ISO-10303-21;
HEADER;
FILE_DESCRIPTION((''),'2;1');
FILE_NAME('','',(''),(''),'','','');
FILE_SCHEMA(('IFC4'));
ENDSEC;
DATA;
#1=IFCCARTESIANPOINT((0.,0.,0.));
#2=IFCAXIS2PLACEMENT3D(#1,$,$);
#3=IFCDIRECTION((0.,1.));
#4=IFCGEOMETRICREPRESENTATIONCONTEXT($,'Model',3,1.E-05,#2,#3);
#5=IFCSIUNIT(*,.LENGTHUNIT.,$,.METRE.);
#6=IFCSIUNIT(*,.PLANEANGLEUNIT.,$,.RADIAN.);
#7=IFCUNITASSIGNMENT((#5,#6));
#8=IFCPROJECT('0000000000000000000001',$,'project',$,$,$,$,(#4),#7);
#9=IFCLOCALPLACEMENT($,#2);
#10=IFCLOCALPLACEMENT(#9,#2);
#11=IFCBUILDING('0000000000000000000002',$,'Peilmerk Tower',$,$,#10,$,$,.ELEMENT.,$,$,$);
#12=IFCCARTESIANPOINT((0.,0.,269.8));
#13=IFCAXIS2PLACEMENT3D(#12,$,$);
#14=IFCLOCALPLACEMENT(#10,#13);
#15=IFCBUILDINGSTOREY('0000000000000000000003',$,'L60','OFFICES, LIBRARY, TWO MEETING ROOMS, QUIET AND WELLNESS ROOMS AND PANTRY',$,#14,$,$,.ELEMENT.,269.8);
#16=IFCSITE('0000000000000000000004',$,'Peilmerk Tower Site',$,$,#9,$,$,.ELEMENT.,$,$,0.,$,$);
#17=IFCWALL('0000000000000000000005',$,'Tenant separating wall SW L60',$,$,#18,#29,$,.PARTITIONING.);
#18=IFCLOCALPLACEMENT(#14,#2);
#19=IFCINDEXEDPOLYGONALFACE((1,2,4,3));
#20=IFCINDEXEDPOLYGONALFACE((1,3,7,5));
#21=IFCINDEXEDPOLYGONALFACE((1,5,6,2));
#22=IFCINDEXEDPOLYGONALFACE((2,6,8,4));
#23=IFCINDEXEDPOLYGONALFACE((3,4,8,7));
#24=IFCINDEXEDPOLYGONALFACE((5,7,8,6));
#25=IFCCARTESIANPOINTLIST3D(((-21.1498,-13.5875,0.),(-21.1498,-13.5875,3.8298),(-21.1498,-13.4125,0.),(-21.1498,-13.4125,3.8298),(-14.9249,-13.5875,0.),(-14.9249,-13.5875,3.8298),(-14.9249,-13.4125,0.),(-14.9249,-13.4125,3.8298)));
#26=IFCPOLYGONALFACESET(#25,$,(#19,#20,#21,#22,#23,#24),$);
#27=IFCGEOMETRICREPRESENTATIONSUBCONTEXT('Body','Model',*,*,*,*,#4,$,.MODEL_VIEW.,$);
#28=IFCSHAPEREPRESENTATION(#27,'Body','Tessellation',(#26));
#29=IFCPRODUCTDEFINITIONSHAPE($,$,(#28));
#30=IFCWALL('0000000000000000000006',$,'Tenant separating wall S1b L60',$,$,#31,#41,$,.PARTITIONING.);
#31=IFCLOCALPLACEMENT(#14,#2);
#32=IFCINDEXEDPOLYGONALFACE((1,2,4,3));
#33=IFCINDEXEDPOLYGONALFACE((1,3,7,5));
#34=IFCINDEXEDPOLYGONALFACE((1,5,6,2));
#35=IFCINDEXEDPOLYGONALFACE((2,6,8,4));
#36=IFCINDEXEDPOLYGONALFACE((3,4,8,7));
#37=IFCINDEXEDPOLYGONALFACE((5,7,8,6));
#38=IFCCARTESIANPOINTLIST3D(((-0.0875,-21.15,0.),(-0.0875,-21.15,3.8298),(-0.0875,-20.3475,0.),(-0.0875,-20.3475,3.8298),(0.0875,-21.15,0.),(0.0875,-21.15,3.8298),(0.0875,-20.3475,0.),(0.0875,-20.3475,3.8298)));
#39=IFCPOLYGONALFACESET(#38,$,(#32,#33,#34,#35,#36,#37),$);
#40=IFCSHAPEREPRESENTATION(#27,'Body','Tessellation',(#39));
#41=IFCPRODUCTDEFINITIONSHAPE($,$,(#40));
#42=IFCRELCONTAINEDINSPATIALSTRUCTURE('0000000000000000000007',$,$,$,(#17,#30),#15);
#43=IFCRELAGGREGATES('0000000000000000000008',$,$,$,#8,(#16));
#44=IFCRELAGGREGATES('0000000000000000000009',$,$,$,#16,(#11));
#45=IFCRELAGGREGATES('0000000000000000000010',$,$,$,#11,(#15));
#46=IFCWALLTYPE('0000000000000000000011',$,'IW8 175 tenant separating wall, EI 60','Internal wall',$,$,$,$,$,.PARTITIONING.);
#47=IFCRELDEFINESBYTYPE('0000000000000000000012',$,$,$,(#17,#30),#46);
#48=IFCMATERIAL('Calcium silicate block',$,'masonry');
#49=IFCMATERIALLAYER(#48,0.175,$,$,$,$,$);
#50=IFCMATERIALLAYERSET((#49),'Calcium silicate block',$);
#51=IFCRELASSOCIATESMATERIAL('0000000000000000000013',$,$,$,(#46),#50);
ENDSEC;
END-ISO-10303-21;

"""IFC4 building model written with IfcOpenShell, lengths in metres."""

from ifc_helpers import new_model, si_unit, direction, frame, frame_2d, origin, place, context, subcontext, project, spatial, rectangle, extrude, material, layer, layer_set, type_object, element, save


model = new_model("IFC4")

# Units and contexts
model_context = context("Model", 3, precision=1e-05, world=origin(), true_north=direction((0.0, 1.0)))
body_context = subcontext(model_context, "Body", "Model", "MODEL_VIEW")
ifc_project = project(units=[si_unit("LENGTHUNIT", "METRE"), si_unit("PLANEANGLEUNIT", "RADIAN")], contexts=[model_context])

# Site, building, storey
site_placement = place(None, origin())
site = spatial("IfcSite", under=ifc_project, at=site_placement, Name="Peilmerk Tower Site", CompositionType="ELEMENT", RefElevation=0.0)
building_placement = place(site_placement, origin())
building = spatial("IfcBuilding", under=site, at=building_placement, Name="Peilmerk Tower", CompositionType="ELEMENT")
storey_placement = place(building_placement, frame((0.0, 0.0, 269.8)))
storey = spatial("IfcBuildingStorey", under=building, at=storey_placement, Name="L60", Description="OFFICES, LIBRARY, TWO MEETING ROOMS, QUIET AND WELLNESS ROOMS AND PANTRY", CompositionType="ELEMENT", Elevation=269.8)

# Shared definitions
ifc_material_1 = material(Name="Calcium silicate block", Category="masonry")

# Walls
ifc_layer_1 = layer(ifc_material_1, 0.175)
ifc_layer_set_1 = layer_set([ifc_layer_1], Name="Calcium silicate block")
wall_type_1 = type_object("IfcWallType", Name="IW8 175 tenant separating wall, EI 60", Description="Internal wall", PredefinedType="PARTITIONING", material=ifc_layer_set_1)
wall_1_placement = place(storey_placement, frame((-14.925, -13.5, 0.0), z_axis=(0.0, 0.0, 1.0), x_axis=(-1.0, 0.0, 0.0)))
element("IfcWall", 1, at=wall_1_placement, inside=storey, type_object=wall_type_1, Name="Tenant separating wall SW L60", PredefinedType="PARTITIONING", context=body_context, shape_type="SweptSolid", body=[
    extrude(rectangle(XDim=6.2249, YDim=0.175, at=frame_2d((3.1123, 0.0))), origin(), (0.0, 0.0, 1.0), 3.8298),
])
wall_2_placement = place(storey_placement, frame((0.0, -20.3474, 0.0), z_axis=(0.0, 0.0, 1.0), x_axis=(0.0, -1.0, 0.0)))
element("IfcWall", 2, at=wall_2_placement, inside=storey, type_object=wall_type_1, Name="Tenant separating wall S1b L60", PredefinedType="PARTITIONING", context=body_context, shape_type="SweptSolid", body=[
    extrude(rectangle(XDim=0.8025, YDim=0.175, at=frame_2d((0.4014, 0.0))), origin(), (0.0, 0.0, 1.0), 3.8298),
])

save(model, "model.ifc")
